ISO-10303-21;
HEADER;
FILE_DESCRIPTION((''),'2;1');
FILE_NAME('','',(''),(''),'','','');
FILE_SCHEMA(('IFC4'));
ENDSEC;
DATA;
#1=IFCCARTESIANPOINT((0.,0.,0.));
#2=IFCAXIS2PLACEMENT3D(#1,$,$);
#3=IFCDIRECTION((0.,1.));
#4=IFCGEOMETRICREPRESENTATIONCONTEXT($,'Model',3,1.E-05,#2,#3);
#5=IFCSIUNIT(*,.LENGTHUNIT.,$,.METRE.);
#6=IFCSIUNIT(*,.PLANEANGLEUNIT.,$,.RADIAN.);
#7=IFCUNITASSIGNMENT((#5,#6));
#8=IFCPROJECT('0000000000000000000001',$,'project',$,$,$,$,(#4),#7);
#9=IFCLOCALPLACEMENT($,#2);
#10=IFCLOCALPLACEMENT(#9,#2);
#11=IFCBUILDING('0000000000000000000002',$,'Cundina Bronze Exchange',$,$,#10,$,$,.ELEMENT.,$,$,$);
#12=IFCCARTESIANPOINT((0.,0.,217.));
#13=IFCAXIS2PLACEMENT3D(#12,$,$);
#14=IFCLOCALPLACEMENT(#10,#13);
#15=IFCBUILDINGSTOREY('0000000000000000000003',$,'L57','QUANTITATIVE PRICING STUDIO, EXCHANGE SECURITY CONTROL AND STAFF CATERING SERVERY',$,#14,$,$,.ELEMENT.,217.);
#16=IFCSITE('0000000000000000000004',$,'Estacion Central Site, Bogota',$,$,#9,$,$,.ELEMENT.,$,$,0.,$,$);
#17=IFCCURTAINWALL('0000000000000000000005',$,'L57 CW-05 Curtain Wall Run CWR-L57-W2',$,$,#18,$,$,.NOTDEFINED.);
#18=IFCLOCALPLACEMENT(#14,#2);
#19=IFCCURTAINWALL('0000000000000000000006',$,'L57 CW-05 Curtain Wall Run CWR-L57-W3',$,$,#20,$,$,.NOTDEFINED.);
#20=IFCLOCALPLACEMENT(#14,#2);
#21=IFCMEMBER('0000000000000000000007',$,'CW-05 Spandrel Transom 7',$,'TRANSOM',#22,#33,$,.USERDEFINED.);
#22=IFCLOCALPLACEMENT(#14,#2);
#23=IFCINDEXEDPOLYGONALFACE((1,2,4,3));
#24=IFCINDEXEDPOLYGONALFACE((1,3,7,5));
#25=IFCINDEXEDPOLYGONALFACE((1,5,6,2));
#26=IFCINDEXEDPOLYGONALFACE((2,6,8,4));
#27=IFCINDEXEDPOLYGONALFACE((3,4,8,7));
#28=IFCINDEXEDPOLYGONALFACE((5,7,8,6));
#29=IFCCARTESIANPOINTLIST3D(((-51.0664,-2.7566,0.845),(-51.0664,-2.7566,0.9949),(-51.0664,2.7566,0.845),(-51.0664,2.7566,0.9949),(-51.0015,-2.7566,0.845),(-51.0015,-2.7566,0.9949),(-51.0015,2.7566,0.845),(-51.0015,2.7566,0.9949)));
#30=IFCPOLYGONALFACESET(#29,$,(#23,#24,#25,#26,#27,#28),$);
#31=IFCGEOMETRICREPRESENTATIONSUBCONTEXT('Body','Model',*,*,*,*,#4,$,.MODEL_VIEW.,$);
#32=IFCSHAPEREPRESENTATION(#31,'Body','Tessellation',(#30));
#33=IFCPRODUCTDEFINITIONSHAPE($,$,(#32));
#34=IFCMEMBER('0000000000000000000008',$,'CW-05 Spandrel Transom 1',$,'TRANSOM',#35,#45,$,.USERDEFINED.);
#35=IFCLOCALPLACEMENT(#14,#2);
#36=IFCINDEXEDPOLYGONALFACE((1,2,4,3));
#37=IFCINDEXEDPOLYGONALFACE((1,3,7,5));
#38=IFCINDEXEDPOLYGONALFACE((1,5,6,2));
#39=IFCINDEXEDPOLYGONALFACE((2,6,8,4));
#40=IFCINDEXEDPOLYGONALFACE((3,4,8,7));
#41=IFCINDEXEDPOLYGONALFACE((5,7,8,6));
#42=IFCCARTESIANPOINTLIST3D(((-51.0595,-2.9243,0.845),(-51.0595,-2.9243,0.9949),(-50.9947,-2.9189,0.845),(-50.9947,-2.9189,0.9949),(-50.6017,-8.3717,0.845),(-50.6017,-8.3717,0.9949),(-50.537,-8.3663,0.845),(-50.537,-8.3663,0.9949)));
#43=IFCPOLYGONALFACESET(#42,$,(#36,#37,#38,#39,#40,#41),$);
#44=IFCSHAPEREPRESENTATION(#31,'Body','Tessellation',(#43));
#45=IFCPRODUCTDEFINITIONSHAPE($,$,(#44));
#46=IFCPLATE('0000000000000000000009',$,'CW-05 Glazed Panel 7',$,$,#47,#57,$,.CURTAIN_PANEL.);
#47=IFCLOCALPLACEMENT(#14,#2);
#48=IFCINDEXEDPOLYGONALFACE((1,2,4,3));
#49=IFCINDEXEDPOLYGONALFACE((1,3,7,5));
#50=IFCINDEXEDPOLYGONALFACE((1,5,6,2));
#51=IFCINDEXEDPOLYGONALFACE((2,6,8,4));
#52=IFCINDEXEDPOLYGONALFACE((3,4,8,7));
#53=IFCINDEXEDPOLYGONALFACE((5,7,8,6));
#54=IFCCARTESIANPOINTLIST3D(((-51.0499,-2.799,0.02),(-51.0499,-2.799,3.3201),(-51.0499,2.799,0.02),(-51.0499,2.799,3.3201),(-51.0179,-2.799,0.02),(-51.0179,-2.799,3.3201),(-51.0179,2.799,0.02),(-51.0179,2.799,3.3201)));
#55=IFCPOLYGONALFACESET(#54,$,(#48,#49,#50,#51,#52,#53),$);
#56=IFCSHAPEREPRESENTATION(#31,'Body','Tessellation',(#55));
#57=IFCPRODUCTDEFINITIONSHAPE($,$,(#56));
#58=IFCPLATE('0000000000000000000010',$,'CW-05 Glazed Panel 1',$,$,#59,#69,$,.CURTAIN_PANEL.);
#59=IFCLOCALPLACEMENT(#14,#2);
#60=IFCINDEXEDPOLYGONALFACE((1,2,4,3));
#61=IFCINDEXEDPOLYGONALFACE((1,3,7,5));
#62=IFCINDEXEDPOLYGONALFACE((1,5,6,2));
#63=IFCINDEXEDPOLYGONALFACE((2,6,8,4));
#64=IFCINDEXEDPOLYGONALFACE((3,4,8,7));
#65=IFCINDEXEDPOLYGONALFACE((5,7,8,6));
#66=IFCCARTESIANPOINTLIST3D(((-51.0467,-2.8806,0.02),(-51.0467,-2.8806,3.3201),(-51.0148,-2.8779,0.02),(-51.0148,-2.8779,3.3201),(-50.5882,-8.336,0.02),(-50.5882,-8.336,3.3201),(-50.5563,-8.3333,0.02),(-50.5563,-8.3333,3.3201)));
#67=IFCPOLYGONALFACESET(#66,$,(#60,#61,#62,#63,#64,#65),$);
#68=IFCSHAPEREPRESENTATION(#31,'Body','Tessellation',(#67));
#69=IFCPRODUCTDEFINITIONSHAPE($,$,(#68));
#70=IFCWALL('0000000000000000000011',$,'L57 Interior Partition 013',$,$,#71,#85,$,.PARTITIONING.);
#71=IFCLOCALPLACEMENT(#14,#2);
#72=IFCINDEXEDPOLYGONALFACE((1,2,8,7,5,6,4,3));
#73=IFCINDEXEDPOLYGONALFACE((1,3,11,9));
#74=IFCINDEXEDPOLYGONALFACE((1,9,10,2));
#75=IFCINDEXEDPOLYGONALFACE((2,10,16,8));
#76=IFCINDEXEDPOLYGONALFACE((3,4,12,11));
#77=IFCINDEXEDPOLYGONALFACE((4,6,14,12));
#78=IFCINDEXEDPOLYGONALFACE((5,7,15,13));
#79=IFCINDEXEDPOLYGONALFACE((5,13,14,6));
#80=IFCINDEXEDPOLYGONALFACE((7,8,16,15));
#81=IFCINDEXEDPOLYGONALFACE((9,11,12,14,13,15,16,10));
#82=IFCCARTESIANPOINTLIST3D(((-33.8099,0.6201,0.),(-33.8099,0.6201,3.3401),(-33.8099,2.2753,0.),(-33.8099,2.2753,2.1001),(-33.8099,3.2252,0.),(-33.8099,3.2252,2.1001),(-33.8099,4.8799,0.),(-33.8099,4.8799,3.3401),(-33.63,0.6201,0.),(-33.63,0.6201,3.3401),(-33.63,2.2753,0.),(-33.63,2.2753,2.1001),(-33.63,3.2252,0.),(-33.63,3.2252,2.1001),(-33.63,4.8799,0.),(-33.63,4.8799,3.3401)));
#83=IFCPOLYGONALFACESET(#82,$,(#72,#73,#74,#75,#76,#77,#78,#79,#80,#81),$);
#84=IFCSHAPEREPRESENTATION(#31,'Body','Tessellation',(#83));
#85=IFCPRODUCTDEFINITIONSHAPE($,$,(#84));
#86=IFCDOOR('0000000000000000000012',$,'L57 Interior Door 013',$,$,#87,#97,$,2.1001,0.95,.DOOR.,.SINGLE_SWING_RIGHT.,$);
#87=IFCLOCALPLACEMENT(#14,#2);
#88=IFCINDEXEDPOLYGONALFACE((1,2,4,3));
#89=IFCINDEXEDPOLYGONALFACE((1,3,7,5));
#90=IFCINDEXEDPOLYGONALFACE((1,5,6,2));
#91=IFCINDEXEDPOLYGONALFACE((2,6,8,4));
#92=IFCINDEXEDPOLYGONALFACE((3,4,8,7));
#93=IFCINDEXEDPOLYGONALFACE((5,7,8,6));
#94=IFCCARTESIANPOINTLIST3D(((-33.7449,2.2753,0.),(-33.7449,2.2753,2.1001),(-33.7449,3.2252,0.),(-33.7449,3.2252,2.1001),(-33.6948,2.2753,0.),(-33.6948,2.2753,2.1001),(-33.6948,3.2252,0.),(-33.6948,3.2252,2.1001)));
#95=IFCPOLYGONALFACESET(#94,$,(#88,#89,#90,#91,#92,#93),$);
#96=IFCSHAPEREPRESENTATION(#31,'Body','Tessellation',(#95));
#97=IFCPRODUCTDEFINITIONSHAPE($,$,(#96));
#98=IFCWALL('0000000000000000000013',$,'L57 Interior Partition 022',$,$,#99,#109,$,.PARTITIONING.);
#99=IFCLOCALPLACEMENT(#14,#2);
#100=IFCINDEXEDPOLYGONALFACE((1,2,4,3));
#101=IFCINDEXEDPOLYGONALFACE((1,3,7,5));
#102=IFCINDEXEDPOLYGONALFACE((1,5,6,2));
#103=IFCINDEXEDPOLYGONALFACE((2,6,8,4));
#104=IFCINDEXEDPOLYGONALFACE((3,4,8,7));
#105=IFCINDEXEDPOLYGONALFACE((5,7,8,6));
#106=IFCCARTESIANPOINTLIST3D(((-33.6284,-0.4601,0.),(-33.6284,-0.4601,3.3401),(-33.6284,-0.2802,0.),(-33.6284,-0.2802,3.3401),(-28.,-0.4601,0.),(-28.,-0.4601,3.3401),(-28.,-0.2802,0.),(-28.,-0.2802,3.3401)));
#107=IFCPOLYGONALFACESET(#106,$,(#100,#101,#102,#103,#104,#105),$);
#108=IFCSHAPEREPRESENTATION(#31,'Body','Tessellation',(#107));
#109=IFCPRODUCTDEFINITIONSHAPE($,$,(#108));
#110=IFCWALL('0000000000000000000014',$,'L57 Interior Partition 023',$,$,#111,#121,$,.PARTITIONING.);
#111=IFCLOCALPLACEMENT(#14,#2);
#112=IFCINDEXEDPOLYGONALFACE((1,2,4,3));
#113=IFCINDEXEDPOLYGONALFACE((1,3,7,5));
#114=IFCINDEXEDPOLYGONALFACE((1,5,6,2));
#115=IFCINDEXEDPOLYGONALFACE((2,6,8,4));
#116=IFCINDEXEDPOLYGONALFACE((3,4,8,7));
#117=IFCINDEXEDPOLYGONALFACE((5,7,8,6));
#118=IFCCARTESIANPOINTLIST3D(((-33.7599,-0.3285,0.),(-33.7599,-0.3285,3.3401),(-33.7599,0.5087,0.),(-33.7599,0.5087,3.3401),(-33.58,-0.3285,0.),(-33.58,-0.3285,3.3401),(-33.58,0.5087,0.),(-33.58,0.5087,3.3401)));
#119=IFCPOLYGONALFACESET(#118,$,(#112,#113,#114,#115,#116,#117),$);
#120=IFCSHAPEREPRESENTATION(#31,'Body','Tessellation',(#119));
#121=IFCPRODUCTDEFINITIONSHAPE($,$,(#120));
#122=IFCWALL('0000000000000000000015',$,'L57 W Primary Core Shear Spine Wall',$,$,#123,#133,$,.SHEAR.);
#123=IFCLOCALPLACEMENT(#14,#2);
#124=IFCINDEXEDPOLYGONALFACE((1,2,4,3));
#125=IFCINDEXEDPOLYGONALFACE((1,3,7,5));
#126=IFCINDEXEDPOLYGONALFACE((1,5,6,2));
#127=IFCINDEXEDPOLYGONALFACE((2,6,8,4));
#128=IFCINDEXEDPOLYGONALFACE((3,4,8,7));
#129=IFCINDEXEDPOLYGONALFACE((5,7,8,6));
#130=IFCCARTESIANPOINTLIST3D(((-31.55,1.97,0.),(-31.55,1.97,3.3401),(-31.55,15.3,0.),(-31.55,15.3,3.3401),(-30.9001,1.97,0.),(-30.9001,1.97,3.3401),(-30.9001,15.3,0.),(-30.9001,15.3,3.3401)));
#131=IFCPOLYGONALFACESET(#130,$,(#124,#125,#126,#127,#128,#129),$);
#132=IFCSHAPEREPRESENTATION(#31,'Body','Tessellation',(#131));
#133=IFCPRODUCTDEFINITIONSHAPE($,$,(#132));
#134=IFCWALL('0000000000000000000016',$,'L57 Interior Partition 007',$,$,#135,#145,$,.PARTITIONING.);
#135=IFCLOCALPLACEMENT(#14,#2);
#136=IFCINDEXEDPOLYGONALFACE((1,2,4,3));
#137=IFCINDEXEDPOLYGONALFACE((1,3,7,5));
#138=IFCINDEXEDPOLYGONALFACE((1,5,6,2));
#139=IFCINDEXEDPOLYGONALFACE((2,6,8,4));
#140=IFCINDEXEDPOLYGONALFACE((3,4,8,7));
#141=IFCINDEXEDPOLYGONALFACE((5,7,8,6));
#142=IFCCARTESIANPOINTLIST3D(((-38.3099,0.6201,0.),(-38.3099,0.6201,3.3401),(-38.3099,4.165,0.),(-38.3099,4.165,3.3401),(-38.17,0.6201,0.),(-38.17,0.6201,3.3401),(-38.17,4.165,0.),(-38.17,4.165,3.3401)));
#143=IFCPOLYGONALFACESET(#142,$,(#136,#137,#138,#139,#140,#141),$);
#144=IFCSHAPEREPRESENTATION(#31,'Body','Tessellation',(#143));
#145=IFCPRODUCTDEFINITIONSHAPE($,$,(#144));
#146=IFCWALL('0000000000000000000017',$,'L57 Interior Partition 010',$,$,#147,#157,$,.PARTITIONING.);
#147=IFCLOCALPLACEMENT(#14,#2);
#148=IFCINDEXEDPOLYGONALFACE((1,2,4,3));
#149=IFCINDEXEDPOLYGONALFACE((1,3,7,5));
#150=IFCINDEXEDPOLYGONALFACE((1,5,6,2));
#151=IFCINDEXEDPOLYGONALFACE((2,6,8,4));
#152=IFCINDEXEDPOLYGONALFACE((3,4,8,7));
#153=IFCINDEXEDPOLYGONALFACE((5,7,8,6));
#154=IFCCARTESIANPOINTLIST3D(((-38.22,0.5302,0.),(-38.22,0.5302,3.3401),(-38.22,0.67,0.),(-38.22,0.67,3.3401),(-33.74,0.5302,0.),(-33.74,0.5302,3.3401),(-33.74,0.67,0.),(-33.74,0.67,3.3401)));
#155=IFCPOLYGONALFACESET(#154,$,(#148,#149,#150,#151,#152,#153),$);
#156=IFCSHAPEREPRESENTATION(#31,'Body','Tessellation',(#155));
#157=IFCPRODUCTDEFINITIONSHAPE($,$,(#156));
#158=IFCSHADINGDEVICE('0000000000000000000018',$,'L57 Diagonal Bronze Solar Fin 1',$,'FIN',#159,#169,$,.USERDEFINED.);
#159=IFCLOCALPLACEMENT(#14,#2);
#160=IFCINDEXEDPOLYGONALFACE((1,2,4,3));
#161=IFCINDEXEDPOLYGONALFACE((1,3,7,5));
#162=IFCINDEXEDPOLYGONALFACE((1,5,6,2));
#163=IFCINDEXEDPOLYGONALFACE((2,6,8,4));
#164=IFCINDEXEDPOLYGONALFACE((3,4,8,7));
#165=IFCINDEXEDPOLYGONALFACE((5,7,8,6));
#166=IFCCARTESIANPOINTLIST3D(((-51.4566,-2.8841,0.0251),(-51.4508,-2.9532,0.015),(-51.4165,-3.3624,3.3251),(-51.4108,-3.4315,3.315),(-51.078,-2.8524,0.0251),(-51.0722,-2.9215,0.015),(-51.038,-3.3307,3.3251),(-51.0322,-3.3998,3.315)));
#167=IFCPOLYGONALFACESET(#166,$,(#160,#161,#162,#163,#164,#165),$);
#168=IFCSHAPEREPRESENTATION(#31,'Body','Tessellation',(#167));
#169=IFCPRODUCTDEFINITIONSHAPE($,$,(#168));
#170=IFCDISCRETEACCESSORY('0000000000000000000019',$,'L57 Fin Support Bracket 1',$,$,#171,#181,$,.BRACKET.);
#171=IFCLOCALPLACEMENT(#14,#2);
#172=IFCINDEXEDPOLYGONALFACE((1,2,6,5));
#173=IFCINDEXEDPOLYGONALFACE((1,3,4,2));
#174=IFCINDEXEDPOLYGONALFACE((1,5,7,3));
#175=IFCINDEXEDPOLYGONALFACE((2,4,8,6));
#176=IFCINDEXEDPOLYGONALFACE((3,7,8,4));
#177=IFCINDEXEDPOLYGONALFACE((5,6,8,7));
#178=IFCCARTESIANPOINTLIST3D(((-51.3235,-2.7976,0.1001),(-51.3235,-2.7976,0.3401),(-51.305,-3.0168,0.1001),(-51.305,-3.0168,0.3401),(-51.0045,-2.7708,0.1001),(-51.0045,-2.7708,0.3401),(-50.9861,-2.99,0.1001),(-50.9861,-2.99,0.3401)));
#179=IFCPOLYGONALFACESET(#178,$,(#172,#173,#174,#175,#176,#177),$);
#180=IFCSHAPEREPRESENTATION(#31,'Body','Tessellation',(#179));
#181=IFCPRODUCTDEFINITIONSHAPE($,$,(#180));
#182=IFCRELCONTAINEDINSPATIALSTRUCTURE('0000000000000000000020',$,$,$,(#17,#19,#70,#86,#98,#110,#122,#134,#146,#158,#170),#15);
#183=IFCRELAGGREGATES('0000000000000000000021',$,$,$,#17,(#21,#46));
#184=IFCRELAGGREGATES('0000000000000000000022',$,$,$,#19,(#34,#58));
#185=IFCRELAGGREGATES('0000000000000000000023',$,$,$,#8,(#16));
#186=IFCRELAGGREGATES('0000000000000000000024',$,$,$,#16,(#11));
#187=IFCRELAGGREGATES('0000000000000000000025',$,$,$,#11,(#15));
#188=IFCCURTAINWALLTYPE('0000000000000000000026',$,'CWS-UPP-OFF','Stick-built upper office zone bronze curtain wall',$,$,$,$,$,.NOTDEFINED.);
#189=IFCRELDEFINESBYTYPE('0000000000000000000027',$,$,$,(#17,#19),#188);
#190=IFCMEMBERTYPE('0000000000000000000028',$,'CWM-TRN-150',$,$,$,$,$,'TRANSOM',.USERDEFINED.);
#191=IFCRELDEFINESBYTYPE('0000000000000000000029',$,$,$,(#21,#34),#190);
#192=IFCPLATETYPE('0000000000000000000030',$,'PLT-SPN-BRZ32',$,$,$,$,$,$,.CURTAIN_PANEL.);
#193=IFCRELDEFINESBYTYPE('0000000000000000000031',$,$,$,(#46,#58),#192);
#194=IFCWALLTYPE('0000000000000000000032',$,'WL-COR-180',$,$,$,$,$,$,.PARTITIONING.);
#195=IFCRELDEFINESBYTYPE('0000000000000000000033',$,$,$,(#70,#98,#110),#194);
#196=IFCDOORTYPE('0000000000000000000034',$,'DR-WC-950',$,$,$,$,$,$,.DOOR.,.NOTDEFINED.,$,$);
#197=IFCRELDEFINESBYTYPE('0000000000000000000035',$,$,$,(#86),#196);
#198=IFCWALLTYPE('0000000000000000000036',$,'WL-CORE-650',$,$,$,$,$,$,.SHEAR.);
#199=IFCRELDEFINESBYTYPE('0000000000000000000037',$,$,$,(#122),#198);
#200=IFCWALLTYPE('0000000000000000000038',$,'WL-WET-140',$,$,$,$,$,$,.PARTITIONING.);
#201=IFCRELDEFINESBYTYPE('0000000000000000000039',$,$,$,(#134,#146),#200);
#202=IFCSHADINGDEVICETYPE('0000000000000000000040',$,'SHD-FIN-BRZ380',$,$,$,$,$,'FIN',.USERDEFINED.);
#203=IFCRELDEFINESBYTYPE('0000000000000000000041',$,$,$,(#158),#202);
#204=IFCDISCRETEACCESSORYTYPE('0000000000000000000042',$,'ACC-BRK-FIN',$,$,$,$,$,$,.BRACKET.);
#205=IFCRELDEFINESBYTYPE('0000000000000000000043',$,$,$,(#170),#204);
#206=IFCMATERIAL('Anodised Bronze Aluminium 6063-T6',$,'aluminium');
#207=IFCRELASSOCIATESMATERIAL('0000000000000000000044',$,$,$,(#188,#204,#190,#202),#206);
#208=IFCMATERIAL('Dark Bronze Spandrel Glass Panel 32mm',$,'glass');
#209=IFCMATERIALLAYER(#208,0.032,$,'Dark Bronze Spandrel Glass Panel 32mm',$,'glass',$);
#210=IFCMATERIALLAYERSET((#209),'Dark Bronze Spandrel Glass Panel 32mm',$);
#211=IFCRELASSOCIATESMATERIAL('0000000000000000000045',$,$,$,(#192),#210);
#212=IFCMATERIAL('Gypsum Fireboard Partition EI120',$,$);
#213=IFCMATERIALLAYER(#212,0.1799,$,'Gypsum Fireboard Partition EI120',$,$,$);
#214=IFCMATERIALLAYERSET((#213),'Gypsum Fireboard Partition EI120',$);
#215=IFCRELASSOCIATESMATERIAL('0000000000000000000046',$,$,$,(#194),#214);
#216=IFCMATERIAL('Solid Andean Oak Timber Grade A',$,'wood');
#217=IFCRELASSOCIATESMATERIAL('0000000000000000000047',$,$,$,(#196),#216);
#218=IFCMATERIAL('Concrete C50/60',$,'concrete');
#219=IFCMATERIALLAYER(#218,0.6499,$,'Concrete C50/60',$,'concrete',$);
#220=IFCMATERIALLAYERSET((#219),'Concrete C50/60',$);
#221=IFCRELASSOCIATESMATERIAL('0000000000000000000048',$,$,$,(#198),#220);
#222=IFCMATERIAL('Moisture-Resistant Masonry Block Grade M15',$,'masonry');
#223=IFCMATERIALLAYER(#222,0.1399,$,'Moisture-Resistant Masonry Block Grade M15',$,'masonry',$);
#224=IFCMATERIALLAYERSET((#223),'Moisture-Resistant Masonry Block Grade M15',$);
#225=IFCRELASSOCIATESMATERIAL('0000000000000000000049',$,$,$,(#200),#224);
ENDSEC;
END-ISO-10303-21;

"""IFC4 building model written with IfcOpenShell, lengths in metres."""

from ifc_helpers import new_model, si_unit, direction, frame, frame_2d, origin, origin_2d, place, context, subcontext, project, spatial, rectangle, extrude, material, layer, layer_set, material_profile, profile_set, type_object, element, fill, aggregate, save


model = new_model("IFC4")

# Units and contexts
model_context = context("Model", 3, precision=1e-05, world=origin(), true_north=direction((0.0, 1.0)))
body_context = subcontext(model_context, "Body", "Model", "MODEL_VIEW")
ifc_project = project(units=[si_unit("LENGTHUNIT", "METRE"), si_unit("PLANEANGLEUNIT", "RADIAN")], contexts=[model_context])

# Site, building, storey
site_placement = place(None, origin())
site = spatial("IfcSite", under=ifc_project, at=site_placement, Name="Estacion Central Site, Bogota", CompositionType="ELEMENT", RefElevation=0.0)
building_placement = place(site_placement, origin())
building = spatial("IfcBuilding", under=site, at=building_placement, Name="Cundina Bronze Exchange", CompositionType="ELEMENT")
storey_placement = place(building_placement, frame((0.0, 0.0, 217.0)))
storey = spatial("IfcBuildingStorey", under=building, at=storey_placement, Name="L57", Description="QUANTITATIVE PRICING STUDIO, EXCHANGE SECURITY CONTROL AND STAFF CATERING SERVERY", CompositionType="ELEMENT", Elevation=217.0)

# Shared definitions
ifc_material_1 = material(Name="Concrete C50/60", Category="concrete")

# Curtain walls
ifc_material_2 = material(Name="Anodised Bronze Aluminium 6063-T6", Category="aluminium")
curtain_wall_type = type_object("IfcCurtainWallType", Name="CWS-UPP-OFF", Description="Stick-built upper office zone bronze curtain wall", PredefinedType="NOTDEFINED", material=ifc_material_2)
curtain_wall_1_placement = place(storey_placement, origin())
curtain_wall_1 = element("IfcCurtainWall", 1, at=curtain_wall_1_placement, inside=storey, type_object=curtain_wall_type, Name="L57 CW-05 Curtain Wall Run CWR-L57-W2", PredefinedType="NOTDEFINED")
curtain_wall_2_placement = place(storey_placement, origin())
curtain_wall_2 = element("IfcCurtainWall", 2, at=curtain_wall_2_placement, inside=storey, type_object=curtain_wall_type, Name="L57 CW-05 Curtain Wall Run CWR-L57-W3", PredefinedType="NOTDEFINED")

# Members
ifc_material_profile_1 = material_profile(ifc_material_2, rectangle(XDim=0.0649, YDim=0.1499, at=origin_2d()), Name="AL65X150", Category="aluminium")
ifc_profile_set_1 = profile_set([ifc_material_profile_1], Name="Anodised Bronze Aluminium 6063-T6")
member_type_1 = type_object("IfcMemberType", Name="CWM-TRN-150", ElementType="TRANSOM", PredefinedType="USERDEFINED", material=ifc_profile_set_1)
member_1_placement = place(storey_placement, frame((-51.0339, 2.7566, 0.9199), z_axis=(0.0, -1.0, 0.0), x_axis=(1.0, 0.0, 0.0)))
member_1 = element("IfcMember", 3, at=member_1_placement, type_object=member_type_1, Name="CW-05 Spandrel Transom 7", ObjectType="TRANSOM", PredefinedType="USERDEFINED", context=body_context, shape_type="SweptSolid", body=[
    extrude(rectangle(XDim=0.0649, YDim=0.1499, at=origin_2d()), origin(), (0.0, 0.0, 1.0), 5.5132),
])
member_2_placement = place(storey_placement, frame((-51.0271, -2.9216, 0.9199), z_axis=(0.08374, -0.996488, 0.0), x_axis=(0.996488, 0.08374, 0.0)))
member_2 = element("IfcMember", 4, at=member_2_placement, type_object=member_type_1, Name="CW-05 Spandrel Transom 1", ObjectType="TRANSOM", PredefinedType="USERDEFINED", context=body_context, shape_type="SweptSolid", body=[
    extrude(rectangle(XDim=0.0649, YDim=0.1499, at=origin_2d()), origin(), (0.0, 0.0, 1.0), 5.4666),
])

# Plates
ifc_material_3 = material(Name="Dark Bronze Spandrel Glass Panel 32mm", Category="glass")
ifc_layer_1 = layer(ifc_material_3, 0.032, Name="Dark Bronze Spandrel Glass Panel 32mm", Category="glass")
ifc_layer_set_1 = layer_set([ifc_layer_1], Name="Dark Bronze Spandrel Glass Panel 32mm")
plate_type = type_object("IfcPlateType", Name="PLT-SPN-BRZ32", PredefinedType="CURTAIN_PANEL", material=ifc_layer_set_1)
plate_1_placement = place(storey_placement, frame((-51.0339, 0.0, 0.02), z_axis=(0.0, 0.0, 1.0), x_axis=(0.0, -1.0, 0.0)))
plate_1 = element("IfcPlate", 5, at=plate_1_placement, type_object=plate_type, Name="CW-05 Glazed Panel 7", PredefinedType="CURTAIN_PANEL", context=body_context, shape_type="SweptSolid", body=[
    extrude(rectangle(XDim=5.5979, YDim=0.032, at=origin_2d()), origin(), (0.0, 0.0, 1.0), 3.3),
])
aggregate(curtain_wall_1, [member_1, plate_1])
plate_2_placement = place(storey_placement, frame((-50.8015, -5.6069, 0.02), z_axis=(0.0, 0.0, 1.0), x_axis=(0.083747, -0.996487, 0.0)))
plate_2 = element("IfcPlate", 6, at=plate_2_placement, type_object=plate_type, Name="CW-05 Glazed Panel 1", PredefinedType="CURTAIN_PANEL", context=body_context, shape_type="SweptSolid", body=[
    extrude(rectangle(XDim=5.4746, YDim=0.032, at=origin_2d()), origin(), (0.0, 0.0, 1.0), 3.3),
])
aggregate(curtain_wall_2, [member_2, plate_2])

# Wall, opening, door
ifc_material_4 = material(Name="Gypsum Fireboard Partition EI120")
ifc_layer_2 = layer(ifc_material_4, 0.1799, Name="Gypsum Fireboard Partition EI120")
ifc_layer_set_2 = layer_set([ifc_layer_2], Name="Gypsum Fireboard Partition EI120")
wall_type_1 = type_object("IfcWallType", Name="WL-COR-180", PredefinedType="PARTITIONING", material=ifc_layer_set_2)
wall_1_placement = place(storey_placement, frame((-33.72, 0.6201, 0.0), z_axis=(0.0, 0.0, 1.0), x_axis=(0.0, 1.0, 0.0)))
wall_1 = element("IfcWall", 7, at=wall_1_placement, inside=storey, type_object=wall_type_1, Name="L57 Interior Partition 013", PredefinedType="PARTITIONING", context=body_context, shape_type="SweptSolid", body=[
    extrude(rectangle(XDim=4.2598, YDim=0.1799, at=frame_2d((2.1299, 0.0))), origin(), (0.0, 0.0, 1.0), 3.3401),
])
opening_1_placement = place(wall_1_placement, frame((1.655, 0.0, 0.0)))
opening_1 = element("IfcOpeningElement", 8, at=opening_1_placement, cuts=wall_1, PredefinedType="OPENING", context=body_context, shape_type="SweptSolid", body=[
    extrude(rectangle(XDim=0.95, YDim=2.1001, at=frame_2d((0.4751, 1.05))), frame((0.0, 0.0999, 0.0), z_axis=(0.0, -1.0, 0.0), x_axis=(1.0, 0.0, 0.0)), (0.0, 0.0, 1.0), 0.2),
])
ifc_material_5 = material(Name="Solid Andean Oak Timber Grade A", Category="wood")
door_type_1 = type_object("IfcDoorType", Name="DR-WC-950", OperationType="NOTDEFINED", PredefinedType="DOOR", material=ifc_material_5)
door_1_placement = place(opening_1_placement, origin())
door_1 = element("IfcDoor", 9, at=door_1_placement, inside=storey, type_object=door_type_1, Name="L57 Interior Door 013", OperationType="SINGLE_SWING_RIGHT", OverallHeight=2.1001, OverallWidth=0.95, PredefinedType="DOOR", context=body_context, shape_type="SweptSolid", body=[
    extrude(rectangle(XDim=0.95, YDim=2.1001, at=frame_2d((0.4751, 1.05))), frame((0.0, 0.0249, 0.0), z_axis=(0.0, -1.0, 0.0), x_axis=(1.0, 0.0, 0.0)), (0.0, 0.0, 1.0), 0.05),
])
fill(opening_1, door_1)

# Walls
wall_2_placement = place(storey_placement, frame((-33.6284, -0.3701, 0.0), z_axis=(0.0, 0.0, 1.0), x_axis=(1.0, 0.0, 0.0)))
element("IfcWall", 10, at=wall_2_placement, inside=storey, type_object=wall_type_1, Name="L57 Interior Partition 022", PredefinedType="PARTITIONING", context=body_context, shape_type="SweptSolid", body=[
    extrude(rectangle(XDim=5.6284, YDim=0.1799, at=frame_2d((2.8142, 0.0))), origin(), (0.0, 0.0, 1.0), 3.3401),
])
wall_3_placement = place(storey_placement, frame((-33.6699, 0.5085, 0.0), z_axis=(0.0, 0.0, 1.0), x_axis=(0.0, -1.0, 0.0)))
element("IfcWall", 11, at=wall_3_placement, inside=storey, type_object=wall_type_1, Name="L57 Interior Partition 023", PredefinedType="PARTITIONING", context=body_context, shape_type="SweptSolid", body=[
    extrude(rectangle(XDim=0.8372, YDim=0.1799, at=frame_2d((0.4185, 0.0))), origin(), (0.0, 0.0, 1.0), 3.3401),
])
ifc_layer_3 = layer(ifc_material_1, 0.6499, Name="Concrete C50/60", Category="concrete")
ifc_layer_set_3 = layer_set([ifc_layer_3], Name="Concrete C50/60")
wall_type_2 = type_object("IfcWallType", Name="WL-CORE-650", PredefinedType="SHEAR", material=ifc_layer_set_3)
wall_4_placement = place(storey_placement, frame((-31.2251, 1.97, 0.0), z_axis=(0.0, 0.0, 1.0), x_axis=(0.0, 1.0, 0.0)))
element("IfcWall", 12, at=wall_4_placement, inside=storey, type_object=wall_type_2, Name="L57 W Primary Core Shear Spine Wall", PredefinedType="SHEAR", context=body_context, shape_type="SweptSolid", body=[
    extrude(rectangle(XDim=13.3301, YDim=0.6499, at=frame_2d((6.665, 0.0))), origin(), (0.0, 0.0, 1.0), 3.3401),
])
ifc_material_6 = material(Name="Moisture-Resistant Masonry Block Grade M15", Category="masonry")
ifc_layer_4 = layer(ifc_material_6, 0.1399, Name="Moisture-Resistant Masonry Block Grade M15", Category="masonry")
ifc_layer_set_4 = layer_set([ifc_layer_4], Name="Moisture-Resistant Masonry Block Grade M15")
wall_type_3 = type_object("IfcWallType", Name="WL-WET-140", PredefinedType="PARTITIONING", material=ifc_layer_set_4)
wall_5_placement = place(storey_placement, frame((-38.24, 0.6201, 0.0), z_axis=(0.0, 0.0, 1.0), x_axis=(0.0, 1.0, 0.0)))
element("IfcWall", 13, at=wall_5_placement, inside=storey, type_object=wall_type_3, Name="L57 Interior Partition 007", PredefinedType="PARTITIONING", context=body_context, shape_type="SweptSolid", body=[
    extrude(rectangle(XDim=3.5449, YDim=0.1399, at=frame_2d((1.7725, 0.0))), origin(), (0.0, 0.0, 1.0), 3.3401),
])
wall_6_placement = place(storey_placement, frame((-38.22, 0.6001, 0.0), z_axis=(0.0, 0.0, 1.0), x_axis=(1.0, 0.0, 0.0)))
element("IfcWall", 14, at=wall_6_placement, inside=storey, type_object=wall_type_3, Name="L57 Interior Partition 010", PredefinedType="PARTITIONING", context=body_context, shape_type="SweptSolid", body=[
    extrude(rectangle(XDim=4.48, YDim=0.1399, at=frame_2d((2.24, 0.0))), origin(), (0.0, 0.0, 1.0), 3.3401),
])

# Shading device
ifc_material_profile_2 = material_profile(ifc_material_2, rectangle(XDim=0.0701, YDim=0.3799, at=origin_2d()), Name="FIN70X380", Category="aluminium")
ifc_profile_set_2 = profile_set([ifc_material_profile_2], Name="Anodised Bronze Aluminium 6063-T6")
shading_device_type = type_object("IfcShadingDeviceType", Name="SHD-FIN-BRZ380", ElementType="FIN", PredefinedType="USERDEFINED", material=ifc_profile_set_2)
shading_device_placement = place(storey_placement, frame((-51.2644, -2.9028, 0.02), z_axis=(0.012007, -0.14342, 0.989589), x_axis=(-0.082556, 0.98614, 0.143921)))
element("IfcShadingDevice", 15, at=shading_device_placement, inside=storey, type_object=shading_device_type, Name="L57 Diagonal Bronze Solar Fin 1", ObjectType="FIN", PredefinedType="USERDEFINED", context=body_context, shape_type="SweptSolid", body=[
    extrude(rectangle(XDim=0.0701, YDim=0.3799, at=origin_2d()), origin(), (0.0, 0.0, 1.0), 3.3347),
])

# Discrete accessory
discrete_accessory_type = type_object("IfcDiscreteAccessoryType", Name="ACC-BRK-FIN", PredefinedType="BRACKET", material=ifc_material_2)
discrete_accessory_placement = place(storey_placement, frame((-51.1548, -2.8938, 0.1001), z_axis=(0.0, 0.0, 1.0), x_axis=(0.083747, -0.996487, 0.0)))
element("IfcDiscreteAccessory", 16, at=discrete_accessory_placement, inside=storey, type_object=discrete_accessory_type, Name="L57 Fin Support Bracket 1", PredefinedType="BRACKET", context=body_context, shape_type="SweptSolid", body=[
    extrude(rectangle(XDim=0.22, YDim=0.3201, at=origin_2d()), origin(), (0.0, 0.0, 1.0), 0.24),
])

save(model, "model.ifc")
